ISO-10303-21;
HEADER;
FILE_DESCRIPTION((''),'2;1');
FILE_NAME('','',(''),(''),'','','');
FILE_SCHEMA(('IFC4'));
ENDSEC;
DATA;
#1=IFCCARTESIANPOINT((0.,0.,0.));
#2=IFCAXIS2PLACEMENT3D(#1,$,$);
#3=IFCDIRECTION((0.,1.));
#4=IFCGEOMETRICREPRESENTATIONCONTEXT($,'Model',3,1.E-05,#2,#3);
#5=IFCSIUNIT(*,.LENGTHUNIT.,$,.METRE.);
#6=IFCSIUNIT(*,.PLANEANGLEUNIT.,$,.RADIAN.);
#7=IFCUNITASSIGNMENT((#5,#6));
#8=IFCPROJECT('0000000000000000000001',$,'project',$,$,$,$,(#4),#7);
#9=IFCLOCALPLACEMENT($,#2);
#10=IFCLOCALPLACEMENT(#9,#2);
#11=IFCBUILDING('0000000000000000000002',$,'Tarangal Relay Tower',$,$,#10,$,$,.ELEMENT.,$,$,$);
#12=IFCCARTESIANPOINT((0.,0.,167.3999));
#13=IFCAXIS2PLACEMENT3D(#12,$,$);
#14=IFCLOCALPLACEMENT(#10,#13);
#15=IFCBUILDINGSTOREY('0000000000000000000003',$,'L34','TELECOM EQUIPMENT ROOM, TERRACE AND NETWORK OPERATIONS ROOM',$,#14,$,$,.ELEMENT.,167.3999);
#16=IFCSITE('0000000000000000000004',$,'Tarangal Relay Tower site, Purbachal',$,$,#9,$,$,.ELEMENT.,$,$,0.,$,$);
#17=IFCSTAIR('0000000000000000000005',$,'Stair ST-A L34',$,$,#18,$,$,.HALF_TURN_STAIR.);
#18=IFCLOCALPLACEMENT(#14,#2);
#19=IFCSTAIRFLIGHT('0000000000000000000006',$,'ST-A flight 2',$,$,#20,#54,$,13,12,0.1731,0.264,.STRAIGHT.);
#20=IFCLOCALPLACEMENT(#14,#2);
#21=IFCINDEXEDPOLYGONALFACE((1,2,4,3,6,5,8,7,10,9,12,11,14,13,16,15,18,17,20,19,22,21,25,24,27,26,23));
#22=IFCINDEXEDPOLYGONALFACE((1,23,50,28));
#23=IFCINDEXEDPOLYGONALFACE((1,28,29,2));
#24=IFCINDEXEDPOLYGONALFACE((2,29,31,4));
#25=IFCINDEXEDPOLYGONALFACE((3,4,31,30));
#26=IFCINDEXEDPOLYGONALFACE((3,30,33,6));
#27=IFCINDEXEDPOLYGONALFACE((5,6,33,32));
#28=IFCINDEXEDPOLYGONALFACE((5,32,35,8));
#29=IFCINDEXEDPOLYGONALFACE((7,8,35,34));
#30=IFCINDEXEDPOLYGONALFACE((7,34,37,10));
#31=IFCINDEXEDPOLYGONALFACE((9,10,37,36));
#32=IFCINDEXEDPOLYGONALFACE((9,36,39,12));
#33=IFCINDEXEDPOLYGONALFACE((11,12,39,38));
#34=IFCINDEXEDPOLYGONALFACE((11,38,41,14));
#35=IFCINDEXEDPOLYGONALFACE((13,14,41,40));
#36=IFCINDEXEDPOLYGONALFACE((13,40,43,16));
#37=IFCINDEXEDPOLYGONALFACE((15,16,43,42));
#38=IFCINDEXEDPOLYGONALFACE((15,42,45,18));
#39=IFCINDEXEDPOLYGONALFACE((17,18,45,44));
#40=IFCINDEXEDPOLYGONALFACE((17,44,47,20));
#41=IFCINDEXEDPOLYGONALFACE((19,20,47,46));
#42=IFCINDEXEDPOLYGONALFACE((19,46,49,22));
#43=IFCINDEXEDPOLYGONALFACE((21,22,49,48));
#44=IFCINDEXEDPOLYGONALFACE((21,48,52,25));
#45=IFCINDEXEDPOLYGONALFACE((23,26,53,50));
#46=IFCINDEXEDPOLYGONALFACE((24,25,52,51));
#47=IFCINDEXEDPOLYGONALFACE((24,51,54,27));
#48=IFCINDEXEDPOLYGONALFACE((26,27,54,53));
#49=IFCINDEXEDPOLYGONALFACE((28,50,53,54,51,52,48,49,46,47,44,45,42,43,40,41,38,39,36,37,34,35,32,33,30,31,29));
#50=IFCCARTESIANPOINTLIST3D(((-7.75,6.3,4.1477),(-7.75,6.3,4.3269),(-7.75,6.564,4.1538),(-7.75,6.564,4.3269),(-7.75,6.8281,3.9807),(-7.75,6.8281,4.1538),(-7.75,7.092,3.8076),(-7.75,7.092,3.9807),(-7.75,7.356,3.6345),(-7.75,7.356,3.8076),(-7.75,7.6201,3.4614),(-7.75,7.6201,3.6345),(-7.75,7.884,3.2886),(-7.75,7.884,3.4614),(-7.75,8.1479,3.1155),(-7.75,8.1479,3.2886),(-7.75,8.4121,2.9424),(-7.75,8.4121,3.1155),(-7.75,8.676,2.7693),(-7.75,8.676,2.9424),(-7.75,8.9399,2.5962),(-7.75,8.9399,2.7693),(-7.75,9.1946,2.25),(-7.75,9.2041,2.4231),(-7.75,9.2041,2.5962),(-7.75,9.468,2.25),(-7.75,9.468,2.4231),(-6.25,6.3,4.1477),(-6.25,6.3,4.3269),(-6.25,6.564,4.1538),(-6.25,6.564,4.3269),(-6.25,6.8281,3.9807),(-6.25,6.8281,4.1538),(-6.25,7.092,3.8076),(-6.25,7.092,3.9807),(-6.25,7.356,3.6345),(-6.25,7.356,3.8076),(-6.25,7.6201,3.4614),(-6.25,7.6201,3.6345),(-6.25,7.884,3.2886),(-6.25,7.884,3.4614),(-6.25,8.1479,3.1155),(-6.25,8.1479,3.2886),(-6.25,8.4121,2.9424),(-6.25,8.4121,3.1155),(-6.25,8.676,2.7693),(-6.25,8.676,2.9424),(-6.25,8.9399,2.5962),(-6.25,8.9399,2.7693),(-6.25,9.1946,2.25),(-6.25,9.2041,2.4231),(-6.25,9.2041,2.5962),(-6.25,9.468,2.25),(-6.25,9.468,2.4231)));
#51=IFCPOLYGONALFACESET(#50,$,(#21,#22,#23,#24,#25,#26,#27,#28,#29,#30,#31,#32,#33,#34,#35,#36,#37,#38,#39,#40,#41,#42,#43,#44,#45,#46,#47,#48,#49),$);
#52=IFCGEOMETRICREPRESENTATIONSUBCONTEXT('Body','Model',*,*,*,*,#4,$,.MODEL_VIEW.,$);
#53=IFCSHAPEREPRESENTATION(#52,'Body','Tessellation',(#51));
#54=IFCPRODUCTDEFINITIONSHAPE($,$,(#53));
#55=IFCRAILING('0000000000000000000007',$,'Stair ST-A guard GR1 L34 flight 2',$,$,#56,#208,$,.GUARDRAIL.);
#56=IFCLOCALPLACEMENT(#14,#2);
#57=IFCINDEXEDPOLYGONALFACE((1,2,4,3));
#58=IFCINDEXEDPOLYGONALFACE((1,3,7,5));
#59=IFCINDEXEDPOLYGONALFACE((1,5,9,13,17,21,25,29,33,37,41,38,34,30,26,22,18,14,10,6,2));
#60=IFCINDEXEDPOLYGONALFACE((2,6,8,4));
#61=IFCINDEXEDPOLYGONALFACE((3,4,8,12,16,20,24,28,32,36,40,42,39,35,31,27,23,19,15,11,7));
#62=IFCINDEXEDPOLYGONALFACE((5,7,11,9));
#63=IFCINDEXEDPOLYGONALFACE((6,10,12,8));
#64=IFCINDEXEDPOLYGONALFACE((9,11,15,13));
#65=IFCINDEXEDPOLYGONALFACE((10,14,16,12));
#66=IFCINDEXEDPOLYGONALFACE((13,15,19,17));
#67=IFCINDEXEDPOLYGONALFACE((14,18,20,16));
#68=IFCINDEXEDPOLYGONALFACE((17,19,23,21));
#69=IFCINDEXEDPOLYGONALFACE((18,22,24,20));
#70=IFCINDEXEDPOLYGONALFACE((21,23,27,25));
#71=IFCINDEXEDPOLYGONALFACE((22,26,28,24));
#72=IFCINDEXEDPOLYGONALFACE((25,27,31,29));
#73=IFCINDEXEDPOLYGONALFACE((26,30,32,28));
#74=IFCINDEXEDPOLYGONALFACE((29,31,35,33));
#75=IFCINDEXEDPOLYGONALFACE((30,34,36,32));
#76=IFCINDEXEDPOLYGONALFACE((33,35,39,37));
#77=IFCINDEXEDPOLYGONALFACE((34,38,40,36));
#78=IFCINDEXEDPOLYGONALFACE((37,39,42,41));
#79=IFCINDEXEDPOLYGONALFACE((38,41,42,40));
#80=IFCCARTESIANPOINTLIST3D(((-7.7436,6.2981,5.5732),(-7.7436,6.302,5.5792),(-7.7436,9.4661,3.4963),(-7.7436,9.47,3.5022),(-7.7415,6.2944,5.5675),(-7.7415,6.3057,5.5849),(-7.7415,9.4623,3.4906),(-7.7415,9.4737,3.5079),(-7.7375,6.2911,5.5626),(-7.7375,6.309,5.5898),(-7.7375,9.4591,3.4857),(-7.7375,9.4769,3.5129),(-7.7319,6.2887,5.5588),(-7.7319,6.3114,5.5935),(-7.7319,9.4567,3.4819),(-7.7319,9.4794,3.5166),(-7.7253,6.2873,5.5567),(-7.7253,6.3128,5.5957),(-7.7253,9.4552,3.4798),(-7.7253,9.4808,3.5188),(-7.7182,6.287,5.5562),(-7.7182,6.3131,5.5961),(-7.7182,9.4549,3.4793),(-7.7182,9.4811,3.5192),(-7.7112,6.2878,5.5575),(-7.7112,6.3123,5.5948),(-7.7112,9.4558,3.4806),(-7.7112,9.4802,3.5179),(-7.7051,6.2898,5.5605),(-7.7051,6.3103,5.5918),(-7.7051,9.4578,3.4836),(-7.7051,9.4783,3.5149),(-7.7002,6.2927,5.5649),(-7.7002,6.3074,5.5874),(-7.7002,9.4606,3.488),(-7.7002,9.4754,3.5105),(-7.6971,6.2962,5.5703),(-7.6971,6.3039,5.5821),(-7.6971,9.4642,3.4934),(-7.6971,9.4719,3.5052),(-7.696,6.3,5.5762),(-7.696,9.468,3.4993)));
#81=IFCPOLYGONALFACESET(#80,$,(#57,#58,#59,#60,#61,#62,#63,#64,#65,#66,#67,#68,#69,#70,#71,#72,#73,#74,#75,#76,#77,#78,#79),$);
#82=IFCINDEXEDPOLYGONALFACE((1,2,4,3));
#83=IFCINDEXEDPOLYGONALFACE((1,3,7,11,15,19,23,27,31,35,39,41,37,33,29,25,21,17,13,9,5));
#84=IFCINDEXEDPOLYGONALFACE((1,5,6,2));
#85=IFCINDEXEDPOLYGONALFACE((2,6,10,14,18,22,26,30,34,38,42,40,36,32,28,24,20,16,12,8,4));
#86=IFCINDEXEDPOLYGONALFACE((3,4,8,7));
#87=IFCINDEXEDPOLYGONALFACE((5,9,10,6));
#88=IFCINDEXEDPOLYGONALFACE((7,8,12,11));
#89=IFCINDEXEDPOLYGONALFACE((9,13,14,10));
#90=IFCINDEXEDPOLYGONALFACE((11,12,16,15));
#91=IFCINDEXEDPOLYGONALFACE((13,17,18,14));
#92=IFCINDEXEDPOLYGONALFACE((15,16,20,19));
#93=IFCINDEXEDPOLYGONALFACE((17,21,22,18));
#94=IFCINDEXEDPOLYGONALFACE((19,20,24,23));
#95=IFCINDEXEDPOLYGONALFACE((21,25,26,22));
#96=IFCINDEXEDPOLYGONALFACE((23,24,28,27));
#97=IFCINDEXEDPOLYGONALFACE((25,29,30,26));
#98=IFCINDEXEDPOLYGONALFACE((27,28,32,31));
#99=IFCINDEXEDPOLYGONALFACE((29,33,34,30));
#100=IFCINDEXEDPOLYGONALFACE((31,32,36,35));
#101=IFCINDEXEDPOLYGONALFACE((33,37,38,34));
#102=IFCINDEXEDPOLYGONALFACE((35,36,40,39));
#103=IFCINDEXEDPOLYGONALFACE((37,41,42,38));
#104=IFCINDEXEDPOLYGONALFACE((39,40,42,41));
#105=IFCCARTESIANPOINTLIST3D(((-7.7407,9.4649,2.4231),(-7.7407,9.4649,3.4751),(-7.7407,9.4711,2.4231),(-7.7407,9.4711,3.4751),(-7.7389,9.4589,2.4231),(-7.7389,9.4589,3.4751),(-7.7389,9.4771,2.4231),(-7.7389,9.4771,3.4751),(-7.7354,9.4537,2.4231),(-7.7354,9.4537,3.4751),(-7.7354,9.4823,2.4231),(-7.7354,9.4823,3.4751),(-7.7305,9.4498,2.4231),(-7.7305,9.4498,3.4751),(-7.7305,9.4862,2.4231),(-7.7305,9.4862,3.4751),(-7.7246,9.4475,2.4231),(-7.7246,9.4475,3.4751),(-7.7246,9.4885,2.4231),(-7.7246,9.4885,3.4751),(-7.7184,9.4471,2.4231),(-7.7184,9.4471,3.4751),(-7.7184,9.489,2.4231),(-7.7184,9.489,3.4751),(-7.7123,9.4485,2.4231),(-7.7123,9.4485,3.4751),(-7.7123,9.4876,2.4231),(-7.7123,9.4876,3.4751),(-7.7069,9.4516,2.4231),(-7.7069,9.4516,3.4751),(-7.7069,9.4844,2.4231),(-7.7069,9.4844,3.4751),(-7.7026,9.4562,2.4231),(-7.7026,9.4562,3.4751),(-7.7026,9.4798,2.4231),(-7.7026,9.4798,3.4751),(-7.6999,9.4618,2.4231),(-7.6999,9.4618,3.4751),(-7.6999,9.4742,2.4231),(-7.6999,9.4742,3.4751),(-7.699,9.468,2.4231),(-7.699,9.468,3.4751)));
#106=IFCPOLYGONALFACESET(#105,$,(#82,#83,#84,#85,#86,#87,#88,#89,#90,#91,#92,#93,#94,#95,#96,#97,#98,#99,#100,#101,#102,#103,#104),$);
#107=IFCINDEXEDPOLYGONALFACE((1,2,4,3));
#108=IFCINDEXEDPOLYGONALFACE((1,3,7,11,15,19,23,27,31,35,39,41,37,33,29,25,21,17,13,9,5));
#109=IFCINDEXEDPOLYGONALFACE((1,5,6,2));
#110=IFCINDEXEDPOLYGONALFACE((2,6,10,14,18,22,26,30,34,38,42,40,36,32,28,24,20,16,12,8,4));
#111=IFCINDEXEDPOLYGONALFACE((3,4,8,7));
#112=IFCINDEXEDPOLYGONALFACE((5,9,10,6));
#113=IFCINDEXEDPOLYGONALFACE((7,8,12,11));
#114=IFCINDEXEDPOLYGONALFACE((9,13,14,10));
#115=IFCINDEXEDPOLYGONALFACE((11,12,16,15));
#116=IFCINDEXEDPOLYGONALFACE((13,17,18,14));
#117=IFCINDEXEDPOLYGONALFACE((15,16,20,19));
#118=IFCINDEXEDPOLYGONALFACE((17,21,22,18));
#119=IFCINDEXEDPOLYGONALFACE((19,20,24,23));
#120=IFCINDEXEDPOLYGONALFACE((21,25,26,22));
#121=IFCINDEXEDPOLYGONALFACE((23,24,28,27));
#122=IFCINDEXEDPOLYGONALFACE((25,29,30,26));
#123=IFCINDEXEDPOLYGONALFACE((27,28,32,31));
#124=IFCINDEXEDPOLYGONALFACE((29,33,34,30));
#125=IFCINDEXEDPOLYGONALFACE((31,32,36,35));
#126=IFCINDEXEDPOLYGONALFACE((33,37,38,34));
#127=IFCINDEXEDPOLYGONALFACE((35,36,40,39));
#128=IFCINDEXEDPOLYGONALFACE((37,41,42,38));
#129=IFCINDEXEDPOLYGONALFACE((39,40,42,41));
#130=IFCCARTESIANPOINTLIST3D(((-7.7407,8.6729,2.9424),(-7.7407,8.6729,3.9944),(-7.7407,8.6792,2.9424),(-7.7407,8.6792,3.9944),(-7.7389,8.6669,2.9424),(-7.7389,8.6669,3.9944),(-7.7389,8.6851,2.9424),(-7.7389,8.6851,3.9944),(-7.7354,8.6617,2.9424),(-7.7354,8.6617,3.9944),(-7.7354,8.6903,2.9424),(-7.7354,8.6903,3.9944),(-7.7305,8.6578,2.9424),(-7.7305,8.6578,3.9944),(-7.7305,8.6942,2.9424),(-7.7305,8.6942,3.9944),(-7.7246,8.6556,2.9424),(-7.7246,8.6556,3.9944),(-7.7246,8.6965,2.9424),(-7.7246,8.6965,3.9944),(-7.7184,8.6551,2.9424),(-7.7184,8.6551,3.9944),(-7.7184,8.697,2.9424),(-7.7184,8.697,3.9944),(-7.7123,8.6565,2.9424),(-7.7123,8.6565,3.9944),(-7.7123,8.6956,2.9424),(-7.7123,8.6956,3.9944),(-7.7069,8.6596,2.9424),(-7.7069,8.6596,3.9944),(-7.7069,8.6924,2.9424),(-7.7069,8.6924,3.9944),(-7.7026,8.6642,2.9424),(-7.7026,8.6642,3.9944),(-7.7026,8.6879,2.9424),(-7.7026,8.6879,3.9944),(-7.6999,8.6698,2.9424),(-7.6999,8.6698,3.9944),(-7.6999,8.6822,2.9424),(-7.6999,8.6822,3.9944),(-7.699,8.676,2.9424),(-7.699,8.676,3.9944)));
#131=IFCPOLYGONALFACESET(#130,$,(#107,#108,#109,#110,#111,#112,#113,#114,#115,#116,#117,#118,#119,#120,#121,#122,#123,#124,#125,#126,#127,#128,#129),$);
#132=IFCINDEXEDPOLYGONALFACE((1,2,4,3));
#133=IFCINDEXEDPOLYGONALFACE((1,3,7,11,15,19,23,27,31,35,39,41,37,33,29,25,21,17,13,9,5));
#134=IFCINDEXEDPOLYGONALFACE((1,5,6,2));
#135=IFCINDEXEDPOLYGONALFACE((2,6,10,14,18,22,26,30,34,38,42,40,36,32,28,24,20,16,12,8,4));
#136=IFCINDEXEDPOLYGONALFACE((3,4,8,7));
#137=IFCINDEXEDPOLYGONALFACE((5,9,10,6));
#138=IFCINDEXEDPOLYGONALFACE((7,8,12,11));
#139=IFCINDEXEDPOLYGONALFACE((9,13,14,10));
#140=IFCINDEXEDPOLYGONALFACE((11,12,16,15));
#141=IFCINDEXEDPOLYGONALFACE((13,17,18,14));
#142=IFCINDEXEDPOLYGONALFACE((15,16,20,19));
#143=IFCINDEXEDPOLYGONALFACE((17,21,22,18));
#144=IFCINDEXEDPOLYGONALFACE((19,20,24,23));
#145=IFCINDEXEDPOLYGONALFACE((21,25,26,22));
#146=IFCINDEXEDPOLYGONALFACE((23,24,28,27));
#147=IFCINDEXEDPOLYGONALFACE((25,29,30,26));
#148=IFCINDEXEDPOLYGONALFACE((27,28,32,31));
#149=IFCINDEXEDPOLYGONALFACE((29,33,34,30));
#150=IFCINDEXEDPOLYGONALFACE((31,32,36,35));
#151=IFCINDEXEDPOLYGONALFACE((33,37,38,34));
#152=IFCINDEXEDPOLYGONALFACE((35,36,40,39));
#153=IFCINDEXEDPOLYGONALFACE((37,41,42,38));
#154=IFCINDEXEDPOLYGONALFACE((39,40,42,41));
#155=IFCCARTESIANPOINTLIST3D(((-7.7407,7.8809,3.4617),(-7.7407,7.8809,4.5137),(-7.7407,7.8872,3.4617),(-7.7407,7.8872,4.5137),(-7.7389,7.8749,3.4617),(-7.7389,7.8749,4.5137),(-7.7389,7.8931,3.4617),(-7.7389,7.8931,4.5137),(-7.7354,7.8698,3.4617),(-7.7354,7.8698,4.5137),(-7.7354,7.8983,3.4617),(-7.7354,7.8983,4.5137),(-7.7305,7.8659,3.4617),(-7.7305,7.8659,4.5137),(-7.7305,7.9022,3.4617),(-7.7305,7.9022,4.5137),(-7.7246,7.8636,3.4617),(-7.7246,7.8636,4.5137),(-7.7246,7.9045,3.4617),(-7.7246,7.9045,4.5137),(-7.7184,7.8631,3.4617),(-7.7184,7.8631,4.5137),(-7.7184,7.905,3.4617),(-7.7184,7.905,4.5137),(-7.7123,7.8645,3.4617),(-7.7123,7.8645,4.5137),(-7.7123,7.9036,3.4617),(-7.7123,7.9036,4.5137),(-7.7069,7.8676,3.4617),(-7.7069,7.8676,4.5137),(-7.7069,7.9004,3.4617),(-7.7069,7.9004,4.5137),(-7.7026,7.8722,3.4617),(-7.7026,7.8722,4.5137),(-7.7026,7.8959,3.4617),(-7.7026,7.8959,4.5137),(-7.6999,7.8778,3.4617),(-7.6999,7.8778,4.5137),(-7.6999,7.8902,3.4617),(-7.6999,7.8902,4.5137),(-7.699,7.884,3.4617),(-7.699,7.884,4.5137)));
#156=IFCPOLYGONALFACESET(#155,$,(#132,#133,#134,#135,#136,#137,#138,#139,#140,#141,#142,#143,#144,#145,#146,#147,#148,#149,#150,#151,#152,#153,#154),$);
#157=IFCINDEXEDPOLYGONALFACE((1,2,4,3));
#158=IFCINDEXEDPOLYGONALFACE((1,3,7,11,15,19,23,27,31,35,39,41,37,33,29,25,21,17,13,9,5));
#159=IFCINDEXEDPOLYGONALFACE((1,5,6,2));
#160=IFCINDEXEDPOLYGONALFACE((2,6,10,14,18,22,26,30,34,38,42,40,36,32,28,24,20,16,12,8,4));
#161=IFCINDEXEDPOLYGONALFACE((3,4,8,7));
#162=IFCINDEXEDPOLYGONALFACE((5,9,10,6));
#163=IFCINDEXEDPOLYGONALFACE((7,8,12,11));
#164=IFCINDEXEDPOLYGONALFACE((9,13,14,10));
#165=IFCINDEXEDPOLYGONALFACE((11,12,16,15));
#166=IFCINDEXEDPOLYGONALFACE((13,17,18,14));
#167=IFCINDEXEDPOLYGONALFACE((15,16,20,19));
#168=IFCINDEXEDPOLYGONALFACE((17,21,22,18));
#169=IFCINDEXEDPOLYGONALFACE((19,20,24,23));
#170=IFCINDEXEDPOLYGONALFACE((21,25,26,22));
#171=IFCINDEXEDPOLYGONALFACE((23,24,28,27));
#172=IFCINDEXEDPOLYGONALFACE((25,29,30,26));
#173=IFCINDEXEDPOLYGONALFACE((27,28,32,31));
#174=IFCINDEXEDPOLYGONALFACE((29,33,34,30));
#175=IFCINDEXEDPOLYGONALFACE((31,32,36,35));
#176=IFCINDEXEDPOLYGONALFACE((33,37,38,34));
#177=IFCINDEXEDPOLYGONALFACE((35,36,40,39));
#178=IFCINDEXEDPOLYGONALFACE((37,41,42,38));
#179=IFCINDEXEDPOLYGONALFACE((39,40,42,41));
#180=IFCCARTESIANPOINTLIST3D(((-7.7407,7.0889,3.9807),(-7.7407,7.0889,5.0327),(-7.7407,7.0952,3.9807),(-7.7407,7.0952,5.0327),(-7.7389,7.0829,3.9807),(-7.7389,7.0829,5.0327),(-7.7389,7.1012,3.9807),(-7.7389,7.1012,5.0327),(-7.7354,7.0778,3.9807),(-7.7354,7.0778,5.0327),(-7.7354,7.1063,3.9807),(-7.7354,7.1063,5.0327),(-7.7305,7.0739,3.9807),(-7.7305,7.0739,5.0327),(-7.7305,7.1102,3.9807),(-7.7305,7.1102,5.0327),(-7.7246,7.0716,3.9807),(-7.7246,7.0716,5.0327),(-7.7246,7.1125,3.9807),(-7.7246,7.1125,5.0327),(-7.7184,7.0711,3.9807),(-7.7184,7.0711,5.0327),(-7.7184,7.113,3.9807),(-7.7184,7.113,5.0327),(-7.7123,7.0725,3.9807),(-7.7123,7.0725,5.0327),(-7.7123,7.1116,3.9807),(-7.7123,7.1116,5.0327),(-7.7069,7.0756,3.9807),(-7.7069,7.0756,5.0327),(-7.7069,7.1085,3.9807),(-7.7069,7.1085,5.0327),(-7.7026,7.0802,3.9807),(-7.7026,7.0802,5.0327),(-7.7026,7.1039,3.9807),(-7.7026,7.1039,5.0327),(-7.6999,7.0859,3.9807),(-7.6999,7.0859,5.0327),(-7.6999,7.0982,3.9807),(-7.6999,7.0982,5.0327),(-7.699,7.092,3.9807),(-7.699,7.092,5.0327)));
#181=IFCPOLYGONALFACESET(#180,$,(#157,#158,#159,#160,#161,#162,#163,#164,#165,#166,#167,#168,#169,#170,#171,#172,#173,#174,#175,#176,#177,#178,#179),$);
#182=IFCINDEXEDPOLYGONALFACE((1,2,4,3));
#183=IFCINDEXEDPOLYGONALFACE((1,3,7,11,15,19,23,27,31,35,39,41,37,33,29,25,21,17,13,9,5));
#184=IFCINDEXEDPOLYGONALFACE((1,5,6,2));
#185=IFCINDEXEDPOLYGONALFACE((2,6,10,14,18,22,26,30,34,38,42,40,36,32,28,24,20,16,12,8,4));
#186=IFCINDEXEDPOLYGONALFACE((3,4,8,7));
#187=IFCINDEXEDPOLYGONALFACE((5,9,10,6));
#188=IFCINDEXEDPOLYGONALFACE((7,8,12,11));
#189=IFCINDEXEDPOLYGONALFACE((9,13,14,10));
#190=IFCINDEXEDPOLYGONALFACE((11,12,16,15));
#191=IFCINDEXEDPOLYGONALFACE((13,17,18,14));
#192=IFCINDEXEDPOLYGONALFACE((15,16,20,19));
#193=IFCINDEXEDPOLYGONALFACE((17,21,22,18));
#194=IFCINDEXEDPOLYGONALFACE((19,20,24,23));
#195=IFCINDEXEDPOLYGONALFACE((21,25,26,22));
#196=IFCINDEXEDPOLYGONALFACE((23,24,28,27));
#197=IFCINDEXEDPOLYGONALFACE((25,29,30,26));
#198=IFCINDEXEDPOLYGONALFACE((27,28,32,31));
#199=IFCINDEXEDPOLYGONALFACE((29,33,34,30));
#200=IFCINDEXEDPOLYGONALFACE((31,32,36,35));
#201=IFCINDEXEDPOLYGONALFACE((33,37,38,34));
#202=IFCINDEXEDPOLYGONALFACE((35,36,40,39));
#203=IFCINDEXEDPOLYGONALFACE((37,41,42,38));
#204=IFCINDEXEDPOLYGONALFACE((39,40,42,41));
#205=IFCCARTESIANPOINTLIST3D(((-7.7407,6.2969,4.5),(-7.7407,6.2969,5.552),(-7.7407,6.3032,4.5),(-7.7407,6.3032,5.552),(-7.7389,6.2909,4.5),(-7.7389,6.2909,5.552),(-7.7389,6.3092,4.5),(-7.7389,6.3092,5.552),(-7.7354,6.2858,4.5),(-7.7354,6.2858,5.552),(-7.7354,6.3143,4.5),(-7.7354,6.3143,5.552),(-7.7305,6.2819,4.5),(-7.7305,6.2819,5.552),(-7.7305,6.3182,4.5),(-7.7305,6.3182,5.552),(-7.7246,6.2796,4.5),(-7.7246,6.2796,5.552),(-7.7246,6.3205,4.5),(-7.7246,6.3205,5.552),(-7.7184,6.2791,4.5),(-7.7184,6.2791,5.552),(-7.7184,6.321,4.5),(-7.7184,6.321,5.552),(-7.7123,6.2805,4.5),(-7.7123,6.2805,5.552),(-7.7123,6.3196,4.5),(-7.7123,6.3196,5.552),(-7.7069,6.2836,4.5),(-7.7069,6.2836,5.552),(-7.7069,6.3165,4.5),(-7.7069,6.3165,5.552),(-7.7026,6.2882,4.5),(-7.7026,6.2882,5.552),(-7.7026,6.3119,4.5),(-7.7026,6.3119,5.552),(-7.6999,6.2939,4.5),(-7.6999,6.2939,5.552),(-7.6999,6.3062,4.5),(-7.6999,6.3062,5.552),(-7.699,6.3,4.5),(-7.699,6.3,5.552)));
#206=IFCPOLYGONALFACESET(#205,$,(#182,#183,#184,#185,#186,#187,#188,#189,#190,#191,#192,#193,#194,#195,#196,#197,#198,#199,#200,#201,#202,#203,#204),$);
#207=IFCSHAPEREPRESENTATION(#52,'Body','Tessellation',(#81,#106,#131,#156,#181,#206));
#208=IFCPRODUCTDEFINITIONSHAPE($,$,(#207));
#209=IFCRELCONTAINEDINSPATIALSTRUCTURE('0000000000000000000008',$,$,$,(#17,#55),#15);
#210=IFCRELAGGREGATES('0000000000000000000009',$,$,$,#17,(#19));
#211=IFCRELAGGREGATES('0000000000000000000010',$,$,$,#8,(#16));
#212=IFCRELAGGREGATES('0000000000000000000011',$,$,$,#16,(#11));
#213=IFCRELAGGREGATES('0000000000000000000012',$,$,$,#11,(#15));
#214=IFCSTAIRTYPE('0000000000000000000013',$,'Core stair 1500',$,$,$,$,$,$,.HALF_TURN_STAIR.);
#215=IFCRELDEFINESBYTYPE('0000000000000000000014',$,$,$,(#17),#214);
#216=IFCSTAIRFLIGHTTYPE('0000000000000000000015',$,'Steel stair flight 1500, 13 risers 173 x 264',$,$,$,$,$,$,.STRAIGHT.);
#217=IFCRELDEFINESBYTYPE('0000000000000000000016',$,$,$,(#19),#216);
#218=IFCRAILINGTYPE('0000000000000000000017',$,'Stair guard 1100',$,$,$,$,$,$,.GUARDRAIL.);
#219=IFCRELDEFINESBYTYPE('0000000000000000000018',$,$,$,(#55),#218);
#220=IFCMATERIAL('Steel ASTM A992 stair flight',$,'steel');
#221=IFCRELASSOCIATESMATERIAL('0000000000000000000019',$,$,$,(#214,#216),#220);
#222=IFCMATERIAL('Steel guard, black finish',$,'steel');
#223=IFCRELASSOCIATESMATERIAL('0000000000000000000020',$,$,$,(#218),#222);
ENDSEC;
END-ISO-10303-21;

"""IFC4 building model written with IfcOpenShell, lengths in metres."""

from ifc_helpers import new_model, si_unit, direction, frame, origin, origin_2d, place, context, subcontext, project, spatial, polyline, circle, outline, extrude, material, type_object, element, aggregate, save


model = new_model("IFC4")

# Units and contexts
model_context = context("Model", 3, precision=1e-05, world=origin(), true_north=direction((0.0, 1.0)))
body_context = subcontext(model_context, "Body", "Model", "MODEL_VIEW")
ifc_project = project(units=[si_unit("LENGTHUNIT", "METRE"), si_unit("PLANEANGLEUNIT", "RADIAN")], contexts=[model_context])

# Site, building, storey
site_placement = place(None, origin())
site = spatial("IfcSite", under=ifc_project, at=site_placement, Name="Tarangal Relay Tower site, Purbachal", CompositionType="ELEMENT", RefElevation=0.0)
building_placement = place(site_placement, origin())
building = spatial("IfcBuilding", under=site, at=building_placement, Name="Tarangal Relay Tower", CompositionType="ELEMENT")
storey_placement = place(building_placement, frame((0.0, 0.0, 167.3999)))
storey = spatial("IfcBuildingStorey", under=building, at=storey_placement, Name="L34", Description="TELECOM EQUIPMENT ROOM, TERRACE AND NETWORK OPERATIONS ROOM", CompositionType="ELEMENT", Elevation=167.3999)

# Stair, stair flight
ifc_material_1 = material(Name="Steel ASTM A992 stair flight", Category="steel")
stair_type = type_object("IfcStairType", Name="Core stair 1500", PredefinedType="HALF_TURN_STAIR", material=ifc_material_1)
stair_placement = place(storey_placement, origin())
stair = element("IfcStair", 1, at=stair_placement, inside=storey, type_object=stair_type, Name="Stair ST-A L34", PredefinedType="HALF_TURN_STAIR")
stair_flight_type = type_object("IfcStairFlightType", Name="Steel stair flight 1500, 13 risers 173 x 264", PredefinedType="STRAIGHT", material=ifc_material_1)
stair_flight_placement = place(storey_placement, frame((-7.0, 9.468, 2.25), z_axis=(0.0, 0.0, 1.0), x_axis=(0.0, -1.0, 0.0)))
stair_flight = element("IfcStairFlight", 2, at=stair_flight_placement, type_object=stair_flight_type, Name="ST-A flight 2", NumberOfRisers=13, NumberOfTreads=12, PredefinedType="STRAIGHT", RiserHeight=0.1731, TreadLength=0.264, context=body_context, shape_type="SweptSolid", body=[
    extrude(outline(polyline([(0.0, 0.0), (0.0, 0.1731), (0.2639, 0.1731), (0.2639, 0.3462), (0.5281, 0.3462), (0.5281, 0.5193), (0.792, 0.5193), (0.792, 0.6924), (1.0559, 0.6924), (1.0559, 0.8655), (1.3201, 0.8655), (1.3201, 1.0386), (1.584, 1.0386), (1.584, 1.2114), (1.8479, 1.2114), (1.8479, 1.3845), (2.1121, 1.3845), (2.1121, 1.5576), (2.376, 1.5576), (2.376, 1.7307), (2.6399, 1.7307), (2.6399, 1.9038), (2.9041, 1.9038), (2.9041, 2.0769), (3.168, 2.0769), (3.168, 2.25), (3.168, 1.8977), (0.2734, 0.0), (0.0, 0.0)])), frame((0.0, 0.75, 0.0), z_axis=(0.0, -1.0, 0.0), x_axis=(1.0, 0.0, 0.0)), (0.0, 0.0, 1.0), 1.5),
])
aggregate(stair, [stair_flight])

# Railing
ifc_material_2 = material(Name="Steel guard, black finish", Category="steel")
railing_type_1 = type_object("IfcRailingType", Name="Stair guard 1100", PredefinedType="GUARDRAIL", material=ifc_material_2)
railing_1_placement = place(storey_placement, frame((-7.72, 9.468, 2.4231)))
element("IfcRailing", 3, at=railing_1_placement, inside=storey, type_object=railing_type_1, Name="Stair ST-A guard GR1 L34 flight 2", PredefinedType="GUARDRAIL", context=body_context, shape_type="SweptSolid", body=[
    extrude(circle(Radius=0.0239, at=origin_2d()), frame((0.0, 0.0, 1.0762), z_axis=(0.0, -0.836299, 0.548273), x_axis=(1.0, 0.0, 0.0)), (0.0, 0.0, 1.0), 3.7881),
    extrude(circle(Radius=0.021, at=origin_2d()), origin(), (0.0, 0.0, 1.0), 1.052),
    extrude(circle(Radius=0.021, at=origin_2d()), frame((0.0, -0.792, 0.5193)), (0.0, 0.0, 1.0), 1.052),
    extrude(circle(Radius=0.021, at=origin_2d()), frame((0.0, -1.584, 1.0386)), (0.0, 0.0, 1.0), 1.052),
    extrude(circle(Radius=0.021, at=origin_2d()), frame((0.0, -2.376, 1.5576)), (0.0, 0.0, 1.0), 1.052),
    extrude(circle(Radius=0.021, at=origin_2d()), frame((0.0, -3.168, 2.0769)), (0.0, 0.0, 1.0), 1.052),
])

save(model, "model.ifc")
